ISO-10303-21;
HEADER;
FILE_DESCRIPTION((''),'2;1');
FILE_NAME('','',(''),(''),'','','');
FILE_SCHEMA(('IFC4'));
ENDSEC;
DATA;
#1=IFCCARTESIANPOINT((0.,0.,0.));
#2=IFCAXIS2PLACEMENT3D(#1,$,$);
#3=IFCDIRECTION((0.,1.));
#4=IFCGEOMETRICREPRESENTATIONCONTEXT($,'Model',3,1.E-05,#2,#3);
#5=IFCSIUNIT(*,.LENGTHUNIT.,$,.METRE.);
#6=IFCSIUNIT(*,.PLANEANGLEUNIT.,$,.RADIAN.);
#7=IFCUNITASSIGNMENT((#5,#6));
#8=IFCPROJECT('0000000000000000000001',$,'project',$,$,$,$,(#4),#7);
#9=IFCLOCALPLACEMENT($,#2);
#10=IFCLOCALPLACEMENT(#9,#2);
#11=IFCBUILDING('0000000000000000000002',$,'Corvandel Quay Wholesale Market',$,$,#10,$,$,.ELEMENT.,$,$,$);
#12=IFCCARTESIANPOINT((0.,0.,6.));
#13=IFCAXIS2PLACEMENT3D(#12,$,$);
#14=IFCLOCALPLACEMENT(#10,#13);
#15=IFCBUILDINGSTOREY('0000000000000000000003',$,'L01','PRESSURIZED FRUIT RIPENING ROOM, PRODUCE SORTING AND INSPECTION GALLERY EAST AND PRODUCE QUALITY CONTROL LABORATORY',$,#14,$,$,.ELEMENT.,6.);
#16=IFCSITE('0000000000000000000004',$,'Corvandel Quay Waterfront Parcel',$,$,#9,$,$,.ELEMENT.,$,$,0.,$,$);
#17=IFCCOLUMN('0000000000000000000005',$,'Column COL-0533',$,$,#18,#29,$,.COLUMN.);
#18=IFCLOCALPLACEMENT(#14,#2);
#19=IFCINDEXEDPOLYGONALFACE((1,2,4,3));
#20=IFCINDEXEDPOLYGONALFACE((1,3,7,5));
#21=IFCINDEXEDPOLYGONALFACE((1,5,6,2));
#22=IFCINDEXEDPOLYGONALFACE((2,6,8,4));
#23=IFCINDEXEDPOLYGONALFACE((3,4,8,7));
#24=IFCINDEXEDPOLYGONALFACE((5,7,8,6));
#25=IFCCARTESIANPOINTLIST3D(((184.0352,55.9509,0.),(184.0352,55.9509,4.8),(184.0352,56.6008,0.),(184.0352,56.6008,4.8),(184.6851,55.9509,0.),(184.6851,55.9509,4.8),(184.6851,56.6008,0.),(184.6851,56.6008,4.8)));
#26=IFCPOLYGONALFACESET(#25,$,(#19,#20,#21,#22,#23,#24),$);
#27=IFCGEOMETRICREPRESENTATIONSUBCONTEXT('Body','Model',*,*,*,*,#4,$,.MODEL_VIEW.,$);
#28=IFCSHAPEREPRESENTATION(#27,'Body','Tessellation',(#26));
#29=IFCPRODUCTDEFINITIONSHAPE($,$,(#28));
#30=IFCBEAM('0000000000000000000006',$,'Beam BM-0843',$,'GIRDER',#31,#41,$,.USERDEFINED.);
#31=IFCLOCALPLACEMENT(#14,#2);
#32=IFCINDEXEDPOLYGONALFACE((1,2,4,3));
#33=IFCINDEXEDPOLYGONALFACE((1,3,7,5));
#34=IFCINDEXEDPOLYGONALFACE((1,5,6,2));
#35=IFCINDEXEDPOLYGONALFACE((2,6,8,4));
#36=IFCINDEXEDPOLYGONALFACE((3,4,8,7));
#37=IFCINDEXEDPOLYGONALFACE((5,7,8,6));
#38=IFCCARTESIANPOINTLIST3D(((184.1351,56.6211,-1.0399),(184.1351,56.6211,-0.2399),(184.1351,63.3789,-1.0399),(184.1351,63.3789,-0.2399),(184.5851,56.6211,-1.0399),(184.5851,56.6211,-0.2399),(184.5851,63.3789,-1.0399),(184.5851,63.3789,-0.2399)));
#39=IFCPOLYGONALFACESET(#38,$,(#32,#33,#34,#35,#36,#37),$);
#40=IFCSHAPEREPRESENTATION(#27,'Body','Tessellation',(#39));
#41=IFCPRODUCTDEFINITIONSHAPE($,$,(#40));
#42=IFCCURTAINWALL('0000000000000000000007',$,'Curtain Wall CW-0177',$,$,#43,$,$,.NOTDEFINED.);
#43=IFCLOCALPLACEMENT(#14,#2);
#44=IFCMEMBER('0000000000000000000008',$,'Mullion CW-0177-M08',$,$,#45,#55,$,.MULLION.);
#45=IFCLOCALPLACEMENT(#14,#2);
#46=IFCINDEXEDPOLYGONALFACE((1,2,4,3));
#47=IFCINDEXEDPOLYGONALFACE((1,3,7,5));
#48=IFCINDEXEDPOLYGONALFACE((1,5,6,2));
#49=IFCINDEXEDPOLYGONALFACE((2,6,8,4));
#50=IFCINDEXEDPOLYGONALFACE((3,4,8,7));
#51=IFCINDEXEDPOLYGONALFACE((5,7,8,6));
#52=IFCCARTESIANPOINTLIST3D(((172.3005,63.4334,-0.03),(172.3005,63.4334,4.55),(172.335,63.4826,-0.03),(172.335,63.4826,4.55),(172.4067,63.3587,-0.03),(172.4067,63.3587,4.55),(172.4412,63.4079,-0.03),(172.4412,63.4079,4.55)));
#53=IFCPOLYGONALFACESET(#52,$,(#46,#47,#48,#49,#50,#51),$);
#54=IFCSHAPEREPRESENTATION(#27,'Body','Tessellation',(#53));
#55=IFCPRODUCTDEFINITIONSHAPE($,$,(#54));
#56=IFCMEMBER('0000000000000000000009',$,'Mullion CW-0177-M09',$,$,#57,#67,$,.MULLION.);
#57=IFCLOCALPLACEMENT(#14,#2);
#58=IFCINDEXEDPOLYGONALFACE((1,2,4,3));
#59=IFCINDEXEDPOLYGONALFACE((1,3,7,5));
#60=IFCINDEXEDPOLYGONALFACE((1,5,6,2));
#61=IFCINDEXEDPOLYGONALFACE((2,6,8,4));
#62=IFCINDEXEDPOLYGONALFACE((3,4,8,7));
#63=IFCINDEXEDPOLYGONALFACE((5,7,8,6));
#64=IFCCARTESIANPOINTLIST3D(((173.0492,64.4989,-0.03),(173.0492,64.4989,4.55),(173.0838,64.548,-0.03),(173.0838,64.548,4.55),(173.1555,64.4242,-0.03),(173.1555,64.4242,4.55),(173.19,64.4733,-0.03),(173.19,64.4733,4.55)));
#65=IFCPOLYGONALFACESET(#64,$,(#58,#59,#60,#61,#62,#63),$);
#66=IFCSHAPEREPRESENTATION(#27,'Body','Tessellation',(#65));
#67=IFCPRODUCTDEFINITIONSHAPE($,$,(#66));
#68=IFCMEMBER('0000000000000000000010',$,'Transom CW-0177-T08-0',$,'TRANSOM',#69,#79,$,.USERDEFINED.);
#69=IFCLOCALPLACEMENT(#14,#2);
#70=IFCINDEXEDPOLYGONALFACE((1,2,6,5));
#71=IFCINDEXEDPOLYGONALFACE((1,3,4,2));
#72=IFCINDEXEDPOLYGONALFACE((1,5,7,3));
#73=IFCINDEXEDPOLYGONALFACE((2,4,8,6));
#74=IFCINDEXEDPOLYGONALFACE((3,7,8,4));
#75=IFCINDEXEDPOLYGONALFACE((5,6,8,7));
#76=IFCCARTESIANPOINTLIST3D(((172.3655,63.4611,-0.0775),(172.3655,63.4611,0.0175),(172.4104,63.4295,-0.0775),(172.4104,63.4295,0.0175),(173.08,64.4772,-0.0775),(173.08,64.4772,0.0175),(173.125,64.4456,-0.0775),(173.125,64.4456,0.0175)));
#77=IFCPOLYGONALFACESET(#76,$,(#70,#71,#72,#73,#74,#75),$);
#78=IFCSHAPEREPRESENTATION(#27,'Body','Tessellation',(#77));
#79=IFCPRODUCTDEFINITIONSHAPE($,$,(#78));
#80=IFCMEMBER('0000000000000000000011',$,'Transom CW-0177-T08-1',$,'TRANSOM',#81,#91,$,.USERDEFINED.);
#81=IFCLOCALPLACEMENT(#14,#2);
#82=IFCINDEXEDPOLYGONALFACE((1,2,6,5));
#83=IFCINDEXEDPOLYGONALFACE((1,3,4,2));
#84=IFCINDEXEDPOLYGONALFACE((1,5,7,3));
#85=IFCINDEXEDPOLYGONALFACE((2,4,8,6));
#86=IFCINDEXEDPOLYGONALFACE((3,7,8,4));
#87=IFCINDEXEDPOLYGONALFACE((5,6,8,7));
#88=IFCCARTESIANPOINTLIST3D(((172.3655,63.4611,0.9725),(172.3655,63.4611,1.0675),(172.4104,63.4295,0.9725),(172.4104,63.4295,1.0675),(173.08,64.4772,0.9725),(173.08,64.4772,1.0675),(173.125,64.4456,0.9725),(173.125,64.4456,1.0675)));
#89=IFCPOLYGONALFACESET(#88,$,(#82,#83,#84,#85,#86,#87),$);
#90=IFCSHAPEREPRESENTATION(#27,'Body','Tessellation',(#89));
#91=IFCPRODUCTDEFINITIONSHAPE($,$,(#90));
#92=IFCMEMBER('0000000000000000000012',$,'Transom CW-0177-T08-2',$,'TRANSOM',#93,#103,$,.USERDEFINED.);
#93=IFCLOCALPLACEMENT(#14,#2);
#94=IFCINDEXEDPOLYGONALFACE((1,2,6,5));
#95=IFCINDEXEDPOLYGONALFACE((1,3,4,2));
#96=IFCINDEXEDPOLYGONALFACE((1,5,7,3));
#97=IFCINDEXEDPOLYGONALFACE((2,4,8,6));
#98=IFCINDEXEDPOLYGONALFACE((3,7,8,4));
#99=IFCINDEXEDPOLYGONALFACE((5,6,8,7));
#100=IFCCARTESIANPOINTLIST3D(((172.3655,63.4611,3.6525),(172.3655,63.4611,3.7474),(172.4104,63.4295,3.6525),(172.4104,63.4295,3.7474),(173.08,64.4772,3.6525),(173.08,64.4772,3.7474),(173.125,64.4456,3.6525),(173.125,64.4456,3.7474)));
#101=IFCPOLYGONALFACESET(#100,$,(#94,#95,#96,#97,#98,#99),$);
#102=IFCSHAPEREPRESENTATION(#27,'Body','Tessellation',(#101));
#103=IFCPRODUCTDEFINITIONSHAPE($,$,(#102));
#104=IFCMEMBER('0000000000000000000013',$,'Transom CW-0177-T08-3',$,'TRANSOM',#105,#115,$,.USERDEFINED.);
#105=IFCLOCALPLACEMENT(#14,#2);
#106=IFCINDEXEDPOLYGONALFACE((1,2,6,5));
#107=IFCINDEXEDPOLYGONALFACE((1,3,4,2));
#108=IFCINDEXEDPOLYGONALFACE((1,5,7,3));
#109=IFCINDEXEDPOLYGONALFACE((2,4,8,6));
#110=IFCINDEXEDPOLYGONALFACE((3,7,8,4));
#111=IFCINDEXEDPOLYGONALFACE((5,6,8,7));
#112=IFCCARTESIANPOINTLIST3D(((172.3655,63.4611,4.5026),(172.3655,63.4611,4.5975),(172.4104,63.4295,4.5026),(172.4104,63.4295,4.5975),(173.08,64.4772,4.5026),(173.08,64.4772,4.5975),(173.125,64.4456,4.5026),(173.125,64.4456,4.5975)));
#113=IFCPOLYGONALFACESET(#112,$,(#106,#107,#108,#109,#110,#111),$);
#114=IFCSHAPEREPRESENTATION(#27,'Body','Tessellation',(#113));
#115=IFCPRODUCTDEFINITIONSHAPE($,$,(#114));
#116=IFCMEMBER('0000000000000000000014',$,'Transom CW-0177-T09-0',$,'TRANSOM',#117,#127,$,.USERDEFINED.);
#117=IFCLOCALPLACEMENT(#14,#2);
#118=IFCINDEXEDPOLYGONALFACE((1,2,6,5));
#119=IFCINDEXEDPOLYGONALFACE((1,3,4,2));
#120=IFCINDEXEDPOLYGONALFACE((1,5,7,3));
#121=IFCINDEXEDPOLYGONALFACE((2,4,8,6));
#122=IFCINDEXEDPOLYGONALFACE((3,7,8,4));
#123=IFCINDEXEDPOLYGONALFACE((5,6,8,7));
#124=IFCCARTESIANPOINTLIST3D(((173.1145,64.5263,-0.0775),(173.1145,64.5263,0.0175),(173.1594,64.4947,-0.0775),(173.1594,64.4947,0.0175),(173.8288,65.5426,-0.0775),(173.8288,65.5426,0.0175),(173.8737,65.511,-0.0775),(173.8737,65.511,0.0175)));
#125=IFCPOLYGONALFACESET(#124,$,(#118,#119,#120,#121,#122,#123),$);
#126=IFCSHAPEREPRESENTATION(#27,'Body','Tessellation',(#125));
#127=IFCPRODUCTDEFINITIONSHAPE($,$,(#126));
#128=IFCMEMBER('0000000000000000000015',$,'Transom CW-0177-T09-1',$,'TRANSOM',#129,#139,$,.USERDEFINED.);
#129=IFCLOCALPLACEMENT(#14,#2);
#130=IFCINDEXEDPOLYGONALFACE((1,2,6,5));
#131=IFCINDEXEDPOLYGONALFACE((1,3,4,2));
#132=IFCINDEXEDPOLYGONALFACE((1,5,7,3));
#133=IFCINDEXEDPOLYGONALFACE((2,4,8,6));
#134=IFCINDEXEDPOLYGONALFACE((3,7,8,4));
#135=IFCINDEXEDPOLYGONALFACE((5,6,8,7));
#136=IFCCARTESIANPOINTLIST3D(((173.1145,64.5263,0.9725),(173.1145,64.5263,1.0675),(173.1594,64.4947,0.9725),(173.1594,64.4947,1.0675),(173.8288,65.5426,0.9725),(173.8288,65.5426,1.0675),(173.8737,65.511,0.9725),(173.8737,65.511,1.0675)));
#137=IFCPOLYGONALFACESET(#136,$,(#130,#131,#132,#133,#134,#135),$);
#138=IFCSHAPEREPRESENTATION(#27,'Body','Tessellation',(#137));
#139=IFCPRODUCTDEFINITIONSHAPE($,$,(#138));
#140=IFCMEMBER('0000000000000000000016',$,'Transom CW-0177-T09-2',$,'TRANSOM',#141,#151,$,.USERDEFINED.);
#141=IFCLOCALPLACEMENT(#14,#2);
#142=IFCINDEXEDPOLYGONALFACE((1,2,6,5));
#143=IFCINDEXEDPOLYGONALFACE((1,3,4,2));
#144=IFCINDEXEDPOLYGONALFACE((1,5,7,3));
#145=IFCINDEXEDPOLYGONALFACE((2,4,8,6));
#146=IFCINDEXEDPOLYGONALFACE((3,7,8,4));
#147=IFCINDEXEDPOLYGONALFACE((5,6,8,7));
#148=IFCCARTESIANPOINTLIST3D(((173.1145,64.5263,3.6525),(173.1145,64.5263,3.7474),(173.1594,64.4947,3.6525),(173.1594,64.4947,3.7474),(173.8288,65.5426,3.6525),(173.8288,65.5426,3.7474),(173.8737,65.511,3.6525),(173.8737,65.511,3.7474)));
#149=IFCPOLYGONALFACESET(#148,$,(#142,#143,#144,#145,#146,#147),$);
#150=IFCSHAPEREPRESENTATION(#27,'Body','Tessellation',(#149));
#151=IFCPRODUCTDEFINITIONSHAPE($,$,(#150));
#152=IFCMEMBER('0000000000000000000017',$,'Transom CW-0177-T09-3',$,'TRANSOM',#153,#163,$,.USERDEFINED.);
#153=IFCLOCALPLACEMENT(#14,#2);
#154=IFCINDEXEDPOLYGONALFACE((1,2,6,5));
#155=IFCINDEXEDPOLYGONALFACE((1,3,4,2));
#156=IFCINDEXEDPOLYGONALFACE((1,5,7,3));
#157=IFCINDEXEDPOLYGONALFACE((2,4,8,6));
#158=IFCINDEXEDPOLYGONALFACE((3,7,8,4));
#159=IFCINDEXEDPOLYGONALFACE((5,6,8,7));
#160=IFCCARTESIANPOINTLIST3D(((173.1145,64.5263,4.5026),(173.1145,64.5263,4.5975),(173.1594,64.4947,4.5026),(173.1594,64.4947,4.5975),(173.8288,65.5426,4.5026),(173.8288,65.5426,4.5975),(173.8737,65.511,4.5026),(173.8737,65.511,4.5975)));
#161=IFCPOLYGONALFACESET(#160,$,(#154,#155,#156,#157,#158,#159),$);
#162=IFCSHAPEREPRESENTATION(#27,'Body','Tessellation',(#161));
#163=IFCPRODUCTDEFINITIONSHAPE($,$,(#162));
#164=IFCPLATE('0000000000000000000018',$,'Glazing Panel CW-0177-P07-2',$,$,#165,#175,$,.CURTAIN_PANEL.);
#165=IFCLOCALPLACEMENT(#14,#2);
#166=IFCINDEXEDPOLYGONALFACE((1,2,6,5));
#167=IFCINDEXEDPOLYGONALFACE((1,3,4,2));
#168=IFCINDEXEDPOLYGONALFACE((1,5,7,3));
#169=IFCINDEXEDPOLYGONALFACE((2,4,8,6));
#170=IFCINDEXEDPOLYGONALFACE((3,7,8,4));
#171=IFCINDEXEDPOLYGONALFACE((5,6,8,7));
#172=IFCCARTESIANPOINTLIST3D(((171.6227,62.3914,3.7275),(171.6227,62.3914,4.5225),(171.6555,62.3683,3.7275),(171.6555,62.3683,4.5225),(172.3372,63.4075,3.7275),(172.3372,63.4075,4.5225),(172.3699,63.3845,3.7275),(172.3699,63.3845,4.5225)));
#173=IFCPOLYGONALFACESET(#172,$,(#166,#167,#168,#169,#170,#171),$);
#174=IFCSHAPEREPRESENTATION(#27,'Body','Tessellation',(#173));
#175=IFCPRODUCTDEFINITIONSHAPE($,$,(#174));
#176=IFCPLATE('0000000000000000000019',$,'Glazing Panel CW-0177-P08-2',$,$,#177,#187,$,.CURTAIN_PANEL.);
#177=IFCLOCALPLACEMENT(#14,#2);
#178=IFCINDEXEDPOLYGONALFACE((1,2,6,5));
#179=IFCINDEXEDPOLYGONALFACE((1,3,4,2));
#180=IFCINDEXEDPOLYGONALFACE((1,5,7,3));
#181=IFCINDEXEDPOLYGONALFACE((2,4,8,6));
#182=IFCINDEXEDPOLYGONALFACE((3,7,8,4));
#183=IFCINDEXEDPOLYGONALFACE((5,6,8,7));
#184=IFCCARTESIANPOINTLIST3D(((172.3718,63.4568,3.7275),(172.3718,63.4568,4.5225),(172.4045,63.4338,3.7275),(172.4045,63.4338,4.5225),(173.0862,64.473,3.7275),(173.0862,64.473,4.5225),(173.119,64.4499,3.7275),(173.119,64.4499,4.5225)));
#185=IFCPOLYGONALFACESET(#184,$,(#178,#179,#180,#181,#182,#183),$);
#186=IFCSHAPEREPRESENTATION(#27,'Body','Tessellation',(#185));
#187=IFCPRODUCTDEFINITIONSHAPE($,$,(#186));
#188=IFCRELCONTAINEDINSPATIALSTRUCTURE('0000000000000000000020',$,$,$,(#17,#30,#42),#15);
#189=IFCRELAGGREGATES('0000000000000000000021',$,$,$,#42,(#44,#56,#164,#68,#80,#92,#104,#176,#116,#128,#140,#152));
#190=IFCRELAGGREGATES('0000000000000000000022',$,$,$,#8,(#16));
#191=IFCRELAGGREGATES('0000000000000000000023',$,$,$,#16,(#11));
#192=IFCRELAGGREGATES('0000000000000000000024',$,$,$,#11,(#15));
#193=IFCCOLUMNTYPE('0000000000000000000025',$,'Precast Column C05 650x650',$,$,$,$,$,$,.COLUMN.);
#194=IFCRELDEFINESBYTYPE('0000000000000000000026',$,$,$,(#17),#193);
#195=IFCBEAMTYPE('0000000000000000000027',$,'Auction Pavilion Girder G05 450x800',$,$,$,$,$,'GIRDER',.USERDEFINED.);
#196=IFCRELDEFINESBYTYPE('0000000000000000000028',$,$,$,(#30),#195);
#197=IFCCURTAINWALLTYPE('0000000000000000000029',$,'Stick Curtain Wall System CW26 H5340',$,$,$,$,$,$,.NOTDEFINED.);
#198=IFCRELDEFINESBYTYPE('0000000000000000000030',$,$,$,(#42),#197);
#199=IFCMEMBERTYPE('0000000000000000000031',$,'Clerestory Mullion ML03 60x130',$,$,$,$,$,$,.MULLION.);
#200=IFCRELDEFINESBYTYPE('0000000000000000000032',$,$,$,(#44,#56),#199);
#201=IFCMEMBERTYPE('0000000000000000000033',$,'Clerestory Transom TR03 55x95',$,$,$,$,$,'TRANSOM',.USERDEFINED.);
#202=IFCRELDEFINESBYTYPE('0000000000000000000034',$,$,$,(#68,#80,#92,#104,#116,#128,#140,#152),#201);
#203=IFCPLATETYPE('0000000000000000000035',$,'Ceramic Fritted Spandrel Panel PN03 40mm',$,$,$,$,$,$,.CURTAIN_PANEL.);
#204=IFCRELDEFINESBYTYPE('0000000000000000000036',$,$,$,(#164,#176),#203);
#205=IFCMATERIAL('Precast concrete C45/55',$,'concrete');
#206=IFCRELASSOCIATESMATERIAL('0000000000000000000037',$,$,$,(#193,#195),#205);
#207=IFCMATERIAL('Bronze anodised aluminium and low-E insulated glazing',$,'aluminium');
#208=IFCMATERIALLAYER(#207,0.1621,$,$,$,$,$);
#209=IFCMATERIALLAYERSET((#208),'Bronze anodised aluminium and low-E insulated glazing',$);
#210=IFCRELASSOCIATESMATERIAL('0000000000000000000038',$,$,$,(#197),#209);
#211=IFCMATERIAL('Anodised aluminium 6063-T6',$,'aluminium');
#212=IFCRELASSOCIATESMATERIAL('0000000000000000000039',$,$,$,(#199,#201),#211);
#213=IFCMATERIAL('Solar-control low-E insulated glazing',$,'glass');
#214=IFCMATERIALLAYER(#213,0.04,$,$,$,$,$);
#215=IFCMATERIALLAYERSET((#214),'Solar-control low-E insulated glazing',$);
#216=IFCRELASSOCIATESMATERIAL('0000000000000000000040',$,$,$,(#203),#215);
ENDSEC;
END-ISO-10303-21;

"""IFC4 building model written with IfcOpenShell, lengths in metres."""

from ifc_helpers import new_model, si_unit, direction, frame, origin, origin_2d, place, context, subcontext, project, spatial, rectangle, extrude, material, layer, layer_set, material_profile, profile_set, type_object, element, aggregate, save


model = new_model("IFC4")

# Units and contexts
model_context = context("Model", 3, precision=1e-05, world=origin(), true_north=direction((0.0, 1.0)))
body_context = subcontext(model_context, "Body", "Model", "MODEL_VIEW")
ifc_project = project(units=[si_unit("LENGTHUNIT", "METRE"), si_unit("PLANEANGLEUNIT", "RADIAN")], contexts=[model_context])

# Site, building, storey
site_placement = place(None, origin())
site = spatial("IfcSite", under=ifc_project, at=site_placement, Name="Corvandel Quay Waterfront Parcel", CompositionType="ELEMENT", RefElevation=0.0)
building_placement = place(site_placement, origin())
building = spatial("IfcBuilding", under=site, at=building_placement, Name="Corvandel Quay Wholesale Market", CompositionType="ELEMENT")
storey_placement = place(building_placement, frame((0.0, 0.0, 6.0)))
storey = spatial("IfcBuildingStorey", under=building, at=storey_placement, Name="L01", Description="PRESSURIZED FRUIT RIPENING ROOM, PRODUCE SORTING AND INSPECTION GALLERY EAST AND PRODUCE QUALITY CONTROL LABORATORY", CompositionType="ELEMENT", Elevation=6.0)

# Column
ifc_material_1 = material(Name="Precast concrete C45/55", Category="concrete")
ifc_material_profile_1 = material_profile(ifc_material_1, rectangle(XDim=0.6499, YDim=0.6499, at=origin_2d()), Name="PC-COL-650x650")
ifc_profile_set_1 = profile_set([ifc_material_profile_1], Name="Precast concrete C45/55")
column_type = type_object("IfcColumnType", Name="Precast Column C05 650x650", PredefinedType="COLUMN", material=ifc_profile_set_1)
column_placement = place(storey_placement, frame((184.3601, 56.2759, 0.0), z_axis=(0.0, 0.0, 1.0), x_axis=(1.0, 0.0, 0.0)))
element("IfcColumn", 1, at=column_placement, inside=storey, type_object=column_type, Name="Column COL-0533", PredefinedType="COLUMN", context=body_context, shape_type="SweptSolid", body=[
    extrude(rectangle(XDim=0.6499, YDim=0.6499, at=origin_2d()), origin(), (0.0, 0.0, 1.0), 4.8),
])

# Beam
ifc_material_profile_2 = material_profile(ifc_material_1, rectangle(XDim=0.45, YDim=0.8, at=origin_2d()), Name="PC-GIR-450x800")
ifc_profile_set_2 = profile_set([ifc_material_profile_2], Name="Precast concrete C45/55")
beam_type = type_object("IfcBeamType", Name="Auction Pavilion Girder G05 450x800", ElementType="GIRDER", PredefinedType="USERDEFINED", material=ifc_profile_set_2)
beam_placement = place(storey_placement, frame((184.3601, 63.3789, -0.6399), z_axis=(0.0, -1.0, 0.0), x_axis=(1.0, 0.0, 0.0)))
element("IfcBeam", 2, at=beam_placement, inside=storey, type_object=beam_type, Name="Beam BM-0843", ObjectType="GIRDER", PredefinedType="USERDEFINED", context=body_context, shape_type="SweptSolid", body=[
    extrude(rectangle(XDim=0.45, YDim=0.8, at=origin_2d()), origin(), (0.0, 0.0, 1.0), 6.7578),
])

# Curtain wall, members, plates
ifc_material_2 = material(Name="Bronze anodised aluminium and low-E insulated glazing", Category="aluminium")
ifc_layer_1 = layer(ifc_material_2, 0.1621)
ifc_layer_set_1 = layer_set([ifc_layer_1], Name="Bronze anodised aluminium and low-E insulated glazing")
curtain_wall_type = type_object("IfcCurtainWallType", Name="Stick Curtain Wall System CW26 H5340", PredefinedType="NOTDEFINED", material=ifc_layer_set_1)
curtain_wall_placement = place(storey_placement, origin())
curtain_wall = element("IfcCurtainWall", 3, at=curtain_wall_placement, inside=storey, type_object=curtain_wall_type, Name="Curtain Wall CW-0177", PredefinedType="NOTDEFINED")
ifc_material_3 = material(Name="Anodised aluminium 6063-T6", Category="aluminium")
ifc_material_profile_3 = material_profile(ifc_material_3, rectangle(XDim=0.0601, YDim=0.1299, at=origin_2d()), Name="ALU-MUL-60x130")
ifc_profile_set_3 = profile_set([ifc_material_profile_3], Name="Anodised aluminium 6063-T6")
member_type_1 = type_object("IfcMemberType", Name="Clerestory Mullion ML03 60x130", PredefinedType="MULLION", material=ifc_profile_set_3)
member_1_placement = place(storey_placement, frame((172.3708, 63.4207, -0.03), z_axis=(0.0, 0.0, 1.0), x_axis=(0.575148, 0.818049, 0.0)))
member_1 = element("IfcMember", 4, at=member_1_placement, type_object=member_type_1, Name="Mullion CW-0177-M08", PredefinedType="MULLION", context=body_context, shape_type="SweptSolid", body=[
    extrude(rectangle(XDim=0.0601, YDim=0.1299, at=origin_2d()), origin(), (0.0, 0.0, 1.0), 4.5801),
])
member_2_placement = place(storey_placement, frame((173.1196, 64.4861, -0.03), z_axis=(0.0, 0.0, 1.0), x_axis=(0.575148, 0.818049, 0.0)))
member_2 = element("IfcMember", 5, at=member_2_placement, type_object=member_type_1, Name="Mullion CW-0177-M09", PredefinedType="MULLION", context=body_context, shape_type="SweptSolid", body=[
    extrude(rectangle(XDim=0.0601, YDim=0.1299, at=origin_2d()), origin(), (0.0, 0.0, 1.0), 4.5801),
])
ifc_material_profile_4 = material_profile(ifc_material_3, rectangle(XDim=0.0549, YDim=0.095, at=origin_2d()), Name="ALU-TRN-55x95")
ifc_profile_set_4 = profile_set([ifc_material_profile_4], Name="Anodised aluminium 6063-T6")
member_type_2 = type_object("IfcMemberType", Name="Clerestory Transom TR03 55x95", ElementType="TRANSOM", PredefinedType="USERDEFINED", material=ifc_profile_set_4)
member_3_placement = place(storey_placement, frame((172.3879, 63.4453, -0.03), z_axis=(0.575255, 0.817974, 0.0), x_axis=(-0.817974, 0.575255, 0.0)))
member_3 = element("IfcMember", 6, at=member_3_placement, type_object=member_type_2, Name="Transom CW-0177-T08-0", ObjectType="TRANSOM", PredefinedType="USERDEFINED", context=body_context, shape_type="SweptSolid", body=[
    extrude(rectangle(XDim=0.0549, YDim=0.095, at=origin_2d()), origin(), (0.0, 0.0, 1.0), 1.2422),
])
member_4_placement = place(storey_placement, frame((172.3879, 63.4453, 1.02), z_axis=(0.575255, 0.817974, 0.0), x_axis=(-0.817974, 0.575255, 0.0)))
member_4 = element("IfcMember", 7, at=member_4_placement, type_object=member_type_2, Name="Transom CW-0177-T08-1", ObjectType="TRANSOM", PredefinedType="USERDEFINED", context=body_context, shape_type="SweptSolid", body=[
    extrude(rectangle(XDim=0.0549, YDim=0.095, at=origin_2d()), origin(), (0.0, 0.0, 1.0), 1.2422),
])
member_5_placement = place(storey_placement, frame((172.3879, 63.4453, 3.7), z_axis=(0.575255, 0.817974, 0.0), x_axis=(-0.817974, 0.575255, 0.0)))
member_5 = element("IfcMember", 8, at=member_5_placement, type_object=member_type_2, Name="Transom CW-0177-T08-2", ObjectType="TRANSOM", PredefinedType="USERDEFINED", context=body_context, shape_type="SweptSolid", body=[
    extrude(rectangle(XDim=0.0549, YDim=0.095, at=origin_2d()), origin(), (0.0, 0.0, 1.0), 1.2422),
])
member_6_placement = place(storey_placement, frame((172.3879, 63.4453, 4.55), z_axis=(0.575255, 0.817974, 0.0), x_axis=(-0.817974, 0.575255, 0.0)))
member_6 = element("IfcMember", 9, at=member_6_placement, type_object=member_type_2, Name="Transom CW-0177-T08-3", ObjectType="TRANSOM", PredefinedType="USERDEFINED", context=body_context, shape_type="SweptSolid", body=[
    extrude(rectangle(XDim=0.0549, YDim=0.095, at=origin_2d()), origin(), (0.0, 0.0, 1.0), 1.2422),
])
member_7_placement = place(storey_placement, frame((173.137, 64.5105, -0.03), z_axis=(0.575031, 0.818132, 0.0), x_axis=(-0.818132, 0.575031, 0.0)))
member_7 = element("IfcMember", 10, at=member_7_placement, type_object=member_type_2, Name="Transom CW-0177-T09-0", ObjectType="TRANSOM", PredefinedType="USERDEFINED", context=body_context, shape_type="SweptSolid", body=[
    extrude(rectangle(XDim=0.0549, YDim=0.095, at=origin_2d()), origin(), (0.0, 0.0, 1.0), 1.2422),
])
member_8_placement = place(storey_placement, frame((173.137, 64.5105, 1.02), z_axis=(0.575031, 0.818132, 0.0), x_axis=(-0.818132, 0.575031, 0.0)))
member_8 = element("IfcMember", 11, at=member_8_placement, type_object=member_type_2, Name="Transom CW-0177-T09-1", ObjectType="TRANSOM", PredefinedType="USERDEFINED", context=body_context, shape_type="SweptSolid", body=[
    extrude(rectangle(XDim=0.0549, YDim=0.095, at=origin_2d()), origin(), (0.0, 0.0, 1.0), 1.2422),
])
member_9_placement = place(storey_placement, frame((173.137, 64.5105, 3.7), z_axis=(0.575031, 0.818132, 0.0), x_axis=(-0.818132, 0.575031, 0.0)))
member_9 = element("IfcMember", 12, at=member_9_placement, type_object=member_type_2, Name="Transom CW-0177-T09-2", ObjectType="TRANSOM", PredefinedType="USERDEFINED", context=body_context, shape_type="SweptSolid", body=[
    extrude(rectangle(XDim=0.0549, YDim=0.095, at=origin_2d()), origin(), (0.0, 0.0, 1.0), 1.2422),
])
member_10_placement = place(storey_placement, frame((173.137, 64.5105, 4.55), z_axis=(0.575031, 0.818132, 0.0), x_axis=(-0.818132, 0.575031, 0.0)))
member_10 = element("IfcMember", 13, at=member_10_placement, type_object=member_type_2, Name="Transom CW-0177-T09-3", ObjectType="TRANSOM", PredefinedType="USERDEFINED", context=body_context, shape_type="SweptSolid", body=[
    extrude(rectangle(XDim=0.0549, YDim=0.095, at=origin_2d()), origin(), (0.0, 0.0, 1.0), 1.2422),
])
ifc_material_4 = material(Name="Solar-control low-E insulated glazing", Category="glass")
ifc_layer_2 = layer(ifc_material_4, 0.04)
ifc_layer_set_2 = layer_set([ifc_layer_2], Name="Solar-control low-E insulated glazing")
plate_type_1 = type_object("IfcPlateType", Name="Ceramic Fritted Spandrel Panel PN03 40mm", PredefinedType="CURTAIN_PANEL", material=ifc_layer_set_2)
plate_1_placement = place(storey_placement, frame((171.9963, 62.8879, 3.7275), z_axis=(0.0, 0.0, 1.0), x_axis=(0.575148, 0.818049, 0.0)))
plate_1 = element("IfcPlate", 14, at=plate_1_placement, type_object=plate_type_1, Name="Glazing Panel CW-0177-P07-2", PredefinedType="CURTAIN_PANEL", context=body_context, shape_type="SweptSolid", body=[
    extrude(rectangle(XDim=1.2422, YDim=0.04, at=origin_2d()), origin(), (0.0, 0.0, 1.0), 0.7949),
])
plate_2_placement = place(storey_placement, frame((172.7454, 63.9534, 3.7275), z_axis=(0.0, 0.0, 1.0), x_axis=(0.575148, 0.818049, 0.0)))
plate_2 = element("IfcPlate", 15, at=plate_2_placement, type_object=plate_type_1, Name="Glazing Panel CW-0177-P08-2", PredefinedType="CURTAIN_PANEL", context=body_context, shape_type="SweptSolid", body=[
    extrude(rectangle(XDim=1.2422, YDim=0.04, at=origin_2d()), origin(), (0.0, 0.0, 1.0), 0.7949),
])
aggregate(curtain_wall, [member_1, member_2, plate_1, member_3, member_4, member_5, member_6, plate_2, member_7, member_8, member_9, member_10])

save(model, "model.ifc")
